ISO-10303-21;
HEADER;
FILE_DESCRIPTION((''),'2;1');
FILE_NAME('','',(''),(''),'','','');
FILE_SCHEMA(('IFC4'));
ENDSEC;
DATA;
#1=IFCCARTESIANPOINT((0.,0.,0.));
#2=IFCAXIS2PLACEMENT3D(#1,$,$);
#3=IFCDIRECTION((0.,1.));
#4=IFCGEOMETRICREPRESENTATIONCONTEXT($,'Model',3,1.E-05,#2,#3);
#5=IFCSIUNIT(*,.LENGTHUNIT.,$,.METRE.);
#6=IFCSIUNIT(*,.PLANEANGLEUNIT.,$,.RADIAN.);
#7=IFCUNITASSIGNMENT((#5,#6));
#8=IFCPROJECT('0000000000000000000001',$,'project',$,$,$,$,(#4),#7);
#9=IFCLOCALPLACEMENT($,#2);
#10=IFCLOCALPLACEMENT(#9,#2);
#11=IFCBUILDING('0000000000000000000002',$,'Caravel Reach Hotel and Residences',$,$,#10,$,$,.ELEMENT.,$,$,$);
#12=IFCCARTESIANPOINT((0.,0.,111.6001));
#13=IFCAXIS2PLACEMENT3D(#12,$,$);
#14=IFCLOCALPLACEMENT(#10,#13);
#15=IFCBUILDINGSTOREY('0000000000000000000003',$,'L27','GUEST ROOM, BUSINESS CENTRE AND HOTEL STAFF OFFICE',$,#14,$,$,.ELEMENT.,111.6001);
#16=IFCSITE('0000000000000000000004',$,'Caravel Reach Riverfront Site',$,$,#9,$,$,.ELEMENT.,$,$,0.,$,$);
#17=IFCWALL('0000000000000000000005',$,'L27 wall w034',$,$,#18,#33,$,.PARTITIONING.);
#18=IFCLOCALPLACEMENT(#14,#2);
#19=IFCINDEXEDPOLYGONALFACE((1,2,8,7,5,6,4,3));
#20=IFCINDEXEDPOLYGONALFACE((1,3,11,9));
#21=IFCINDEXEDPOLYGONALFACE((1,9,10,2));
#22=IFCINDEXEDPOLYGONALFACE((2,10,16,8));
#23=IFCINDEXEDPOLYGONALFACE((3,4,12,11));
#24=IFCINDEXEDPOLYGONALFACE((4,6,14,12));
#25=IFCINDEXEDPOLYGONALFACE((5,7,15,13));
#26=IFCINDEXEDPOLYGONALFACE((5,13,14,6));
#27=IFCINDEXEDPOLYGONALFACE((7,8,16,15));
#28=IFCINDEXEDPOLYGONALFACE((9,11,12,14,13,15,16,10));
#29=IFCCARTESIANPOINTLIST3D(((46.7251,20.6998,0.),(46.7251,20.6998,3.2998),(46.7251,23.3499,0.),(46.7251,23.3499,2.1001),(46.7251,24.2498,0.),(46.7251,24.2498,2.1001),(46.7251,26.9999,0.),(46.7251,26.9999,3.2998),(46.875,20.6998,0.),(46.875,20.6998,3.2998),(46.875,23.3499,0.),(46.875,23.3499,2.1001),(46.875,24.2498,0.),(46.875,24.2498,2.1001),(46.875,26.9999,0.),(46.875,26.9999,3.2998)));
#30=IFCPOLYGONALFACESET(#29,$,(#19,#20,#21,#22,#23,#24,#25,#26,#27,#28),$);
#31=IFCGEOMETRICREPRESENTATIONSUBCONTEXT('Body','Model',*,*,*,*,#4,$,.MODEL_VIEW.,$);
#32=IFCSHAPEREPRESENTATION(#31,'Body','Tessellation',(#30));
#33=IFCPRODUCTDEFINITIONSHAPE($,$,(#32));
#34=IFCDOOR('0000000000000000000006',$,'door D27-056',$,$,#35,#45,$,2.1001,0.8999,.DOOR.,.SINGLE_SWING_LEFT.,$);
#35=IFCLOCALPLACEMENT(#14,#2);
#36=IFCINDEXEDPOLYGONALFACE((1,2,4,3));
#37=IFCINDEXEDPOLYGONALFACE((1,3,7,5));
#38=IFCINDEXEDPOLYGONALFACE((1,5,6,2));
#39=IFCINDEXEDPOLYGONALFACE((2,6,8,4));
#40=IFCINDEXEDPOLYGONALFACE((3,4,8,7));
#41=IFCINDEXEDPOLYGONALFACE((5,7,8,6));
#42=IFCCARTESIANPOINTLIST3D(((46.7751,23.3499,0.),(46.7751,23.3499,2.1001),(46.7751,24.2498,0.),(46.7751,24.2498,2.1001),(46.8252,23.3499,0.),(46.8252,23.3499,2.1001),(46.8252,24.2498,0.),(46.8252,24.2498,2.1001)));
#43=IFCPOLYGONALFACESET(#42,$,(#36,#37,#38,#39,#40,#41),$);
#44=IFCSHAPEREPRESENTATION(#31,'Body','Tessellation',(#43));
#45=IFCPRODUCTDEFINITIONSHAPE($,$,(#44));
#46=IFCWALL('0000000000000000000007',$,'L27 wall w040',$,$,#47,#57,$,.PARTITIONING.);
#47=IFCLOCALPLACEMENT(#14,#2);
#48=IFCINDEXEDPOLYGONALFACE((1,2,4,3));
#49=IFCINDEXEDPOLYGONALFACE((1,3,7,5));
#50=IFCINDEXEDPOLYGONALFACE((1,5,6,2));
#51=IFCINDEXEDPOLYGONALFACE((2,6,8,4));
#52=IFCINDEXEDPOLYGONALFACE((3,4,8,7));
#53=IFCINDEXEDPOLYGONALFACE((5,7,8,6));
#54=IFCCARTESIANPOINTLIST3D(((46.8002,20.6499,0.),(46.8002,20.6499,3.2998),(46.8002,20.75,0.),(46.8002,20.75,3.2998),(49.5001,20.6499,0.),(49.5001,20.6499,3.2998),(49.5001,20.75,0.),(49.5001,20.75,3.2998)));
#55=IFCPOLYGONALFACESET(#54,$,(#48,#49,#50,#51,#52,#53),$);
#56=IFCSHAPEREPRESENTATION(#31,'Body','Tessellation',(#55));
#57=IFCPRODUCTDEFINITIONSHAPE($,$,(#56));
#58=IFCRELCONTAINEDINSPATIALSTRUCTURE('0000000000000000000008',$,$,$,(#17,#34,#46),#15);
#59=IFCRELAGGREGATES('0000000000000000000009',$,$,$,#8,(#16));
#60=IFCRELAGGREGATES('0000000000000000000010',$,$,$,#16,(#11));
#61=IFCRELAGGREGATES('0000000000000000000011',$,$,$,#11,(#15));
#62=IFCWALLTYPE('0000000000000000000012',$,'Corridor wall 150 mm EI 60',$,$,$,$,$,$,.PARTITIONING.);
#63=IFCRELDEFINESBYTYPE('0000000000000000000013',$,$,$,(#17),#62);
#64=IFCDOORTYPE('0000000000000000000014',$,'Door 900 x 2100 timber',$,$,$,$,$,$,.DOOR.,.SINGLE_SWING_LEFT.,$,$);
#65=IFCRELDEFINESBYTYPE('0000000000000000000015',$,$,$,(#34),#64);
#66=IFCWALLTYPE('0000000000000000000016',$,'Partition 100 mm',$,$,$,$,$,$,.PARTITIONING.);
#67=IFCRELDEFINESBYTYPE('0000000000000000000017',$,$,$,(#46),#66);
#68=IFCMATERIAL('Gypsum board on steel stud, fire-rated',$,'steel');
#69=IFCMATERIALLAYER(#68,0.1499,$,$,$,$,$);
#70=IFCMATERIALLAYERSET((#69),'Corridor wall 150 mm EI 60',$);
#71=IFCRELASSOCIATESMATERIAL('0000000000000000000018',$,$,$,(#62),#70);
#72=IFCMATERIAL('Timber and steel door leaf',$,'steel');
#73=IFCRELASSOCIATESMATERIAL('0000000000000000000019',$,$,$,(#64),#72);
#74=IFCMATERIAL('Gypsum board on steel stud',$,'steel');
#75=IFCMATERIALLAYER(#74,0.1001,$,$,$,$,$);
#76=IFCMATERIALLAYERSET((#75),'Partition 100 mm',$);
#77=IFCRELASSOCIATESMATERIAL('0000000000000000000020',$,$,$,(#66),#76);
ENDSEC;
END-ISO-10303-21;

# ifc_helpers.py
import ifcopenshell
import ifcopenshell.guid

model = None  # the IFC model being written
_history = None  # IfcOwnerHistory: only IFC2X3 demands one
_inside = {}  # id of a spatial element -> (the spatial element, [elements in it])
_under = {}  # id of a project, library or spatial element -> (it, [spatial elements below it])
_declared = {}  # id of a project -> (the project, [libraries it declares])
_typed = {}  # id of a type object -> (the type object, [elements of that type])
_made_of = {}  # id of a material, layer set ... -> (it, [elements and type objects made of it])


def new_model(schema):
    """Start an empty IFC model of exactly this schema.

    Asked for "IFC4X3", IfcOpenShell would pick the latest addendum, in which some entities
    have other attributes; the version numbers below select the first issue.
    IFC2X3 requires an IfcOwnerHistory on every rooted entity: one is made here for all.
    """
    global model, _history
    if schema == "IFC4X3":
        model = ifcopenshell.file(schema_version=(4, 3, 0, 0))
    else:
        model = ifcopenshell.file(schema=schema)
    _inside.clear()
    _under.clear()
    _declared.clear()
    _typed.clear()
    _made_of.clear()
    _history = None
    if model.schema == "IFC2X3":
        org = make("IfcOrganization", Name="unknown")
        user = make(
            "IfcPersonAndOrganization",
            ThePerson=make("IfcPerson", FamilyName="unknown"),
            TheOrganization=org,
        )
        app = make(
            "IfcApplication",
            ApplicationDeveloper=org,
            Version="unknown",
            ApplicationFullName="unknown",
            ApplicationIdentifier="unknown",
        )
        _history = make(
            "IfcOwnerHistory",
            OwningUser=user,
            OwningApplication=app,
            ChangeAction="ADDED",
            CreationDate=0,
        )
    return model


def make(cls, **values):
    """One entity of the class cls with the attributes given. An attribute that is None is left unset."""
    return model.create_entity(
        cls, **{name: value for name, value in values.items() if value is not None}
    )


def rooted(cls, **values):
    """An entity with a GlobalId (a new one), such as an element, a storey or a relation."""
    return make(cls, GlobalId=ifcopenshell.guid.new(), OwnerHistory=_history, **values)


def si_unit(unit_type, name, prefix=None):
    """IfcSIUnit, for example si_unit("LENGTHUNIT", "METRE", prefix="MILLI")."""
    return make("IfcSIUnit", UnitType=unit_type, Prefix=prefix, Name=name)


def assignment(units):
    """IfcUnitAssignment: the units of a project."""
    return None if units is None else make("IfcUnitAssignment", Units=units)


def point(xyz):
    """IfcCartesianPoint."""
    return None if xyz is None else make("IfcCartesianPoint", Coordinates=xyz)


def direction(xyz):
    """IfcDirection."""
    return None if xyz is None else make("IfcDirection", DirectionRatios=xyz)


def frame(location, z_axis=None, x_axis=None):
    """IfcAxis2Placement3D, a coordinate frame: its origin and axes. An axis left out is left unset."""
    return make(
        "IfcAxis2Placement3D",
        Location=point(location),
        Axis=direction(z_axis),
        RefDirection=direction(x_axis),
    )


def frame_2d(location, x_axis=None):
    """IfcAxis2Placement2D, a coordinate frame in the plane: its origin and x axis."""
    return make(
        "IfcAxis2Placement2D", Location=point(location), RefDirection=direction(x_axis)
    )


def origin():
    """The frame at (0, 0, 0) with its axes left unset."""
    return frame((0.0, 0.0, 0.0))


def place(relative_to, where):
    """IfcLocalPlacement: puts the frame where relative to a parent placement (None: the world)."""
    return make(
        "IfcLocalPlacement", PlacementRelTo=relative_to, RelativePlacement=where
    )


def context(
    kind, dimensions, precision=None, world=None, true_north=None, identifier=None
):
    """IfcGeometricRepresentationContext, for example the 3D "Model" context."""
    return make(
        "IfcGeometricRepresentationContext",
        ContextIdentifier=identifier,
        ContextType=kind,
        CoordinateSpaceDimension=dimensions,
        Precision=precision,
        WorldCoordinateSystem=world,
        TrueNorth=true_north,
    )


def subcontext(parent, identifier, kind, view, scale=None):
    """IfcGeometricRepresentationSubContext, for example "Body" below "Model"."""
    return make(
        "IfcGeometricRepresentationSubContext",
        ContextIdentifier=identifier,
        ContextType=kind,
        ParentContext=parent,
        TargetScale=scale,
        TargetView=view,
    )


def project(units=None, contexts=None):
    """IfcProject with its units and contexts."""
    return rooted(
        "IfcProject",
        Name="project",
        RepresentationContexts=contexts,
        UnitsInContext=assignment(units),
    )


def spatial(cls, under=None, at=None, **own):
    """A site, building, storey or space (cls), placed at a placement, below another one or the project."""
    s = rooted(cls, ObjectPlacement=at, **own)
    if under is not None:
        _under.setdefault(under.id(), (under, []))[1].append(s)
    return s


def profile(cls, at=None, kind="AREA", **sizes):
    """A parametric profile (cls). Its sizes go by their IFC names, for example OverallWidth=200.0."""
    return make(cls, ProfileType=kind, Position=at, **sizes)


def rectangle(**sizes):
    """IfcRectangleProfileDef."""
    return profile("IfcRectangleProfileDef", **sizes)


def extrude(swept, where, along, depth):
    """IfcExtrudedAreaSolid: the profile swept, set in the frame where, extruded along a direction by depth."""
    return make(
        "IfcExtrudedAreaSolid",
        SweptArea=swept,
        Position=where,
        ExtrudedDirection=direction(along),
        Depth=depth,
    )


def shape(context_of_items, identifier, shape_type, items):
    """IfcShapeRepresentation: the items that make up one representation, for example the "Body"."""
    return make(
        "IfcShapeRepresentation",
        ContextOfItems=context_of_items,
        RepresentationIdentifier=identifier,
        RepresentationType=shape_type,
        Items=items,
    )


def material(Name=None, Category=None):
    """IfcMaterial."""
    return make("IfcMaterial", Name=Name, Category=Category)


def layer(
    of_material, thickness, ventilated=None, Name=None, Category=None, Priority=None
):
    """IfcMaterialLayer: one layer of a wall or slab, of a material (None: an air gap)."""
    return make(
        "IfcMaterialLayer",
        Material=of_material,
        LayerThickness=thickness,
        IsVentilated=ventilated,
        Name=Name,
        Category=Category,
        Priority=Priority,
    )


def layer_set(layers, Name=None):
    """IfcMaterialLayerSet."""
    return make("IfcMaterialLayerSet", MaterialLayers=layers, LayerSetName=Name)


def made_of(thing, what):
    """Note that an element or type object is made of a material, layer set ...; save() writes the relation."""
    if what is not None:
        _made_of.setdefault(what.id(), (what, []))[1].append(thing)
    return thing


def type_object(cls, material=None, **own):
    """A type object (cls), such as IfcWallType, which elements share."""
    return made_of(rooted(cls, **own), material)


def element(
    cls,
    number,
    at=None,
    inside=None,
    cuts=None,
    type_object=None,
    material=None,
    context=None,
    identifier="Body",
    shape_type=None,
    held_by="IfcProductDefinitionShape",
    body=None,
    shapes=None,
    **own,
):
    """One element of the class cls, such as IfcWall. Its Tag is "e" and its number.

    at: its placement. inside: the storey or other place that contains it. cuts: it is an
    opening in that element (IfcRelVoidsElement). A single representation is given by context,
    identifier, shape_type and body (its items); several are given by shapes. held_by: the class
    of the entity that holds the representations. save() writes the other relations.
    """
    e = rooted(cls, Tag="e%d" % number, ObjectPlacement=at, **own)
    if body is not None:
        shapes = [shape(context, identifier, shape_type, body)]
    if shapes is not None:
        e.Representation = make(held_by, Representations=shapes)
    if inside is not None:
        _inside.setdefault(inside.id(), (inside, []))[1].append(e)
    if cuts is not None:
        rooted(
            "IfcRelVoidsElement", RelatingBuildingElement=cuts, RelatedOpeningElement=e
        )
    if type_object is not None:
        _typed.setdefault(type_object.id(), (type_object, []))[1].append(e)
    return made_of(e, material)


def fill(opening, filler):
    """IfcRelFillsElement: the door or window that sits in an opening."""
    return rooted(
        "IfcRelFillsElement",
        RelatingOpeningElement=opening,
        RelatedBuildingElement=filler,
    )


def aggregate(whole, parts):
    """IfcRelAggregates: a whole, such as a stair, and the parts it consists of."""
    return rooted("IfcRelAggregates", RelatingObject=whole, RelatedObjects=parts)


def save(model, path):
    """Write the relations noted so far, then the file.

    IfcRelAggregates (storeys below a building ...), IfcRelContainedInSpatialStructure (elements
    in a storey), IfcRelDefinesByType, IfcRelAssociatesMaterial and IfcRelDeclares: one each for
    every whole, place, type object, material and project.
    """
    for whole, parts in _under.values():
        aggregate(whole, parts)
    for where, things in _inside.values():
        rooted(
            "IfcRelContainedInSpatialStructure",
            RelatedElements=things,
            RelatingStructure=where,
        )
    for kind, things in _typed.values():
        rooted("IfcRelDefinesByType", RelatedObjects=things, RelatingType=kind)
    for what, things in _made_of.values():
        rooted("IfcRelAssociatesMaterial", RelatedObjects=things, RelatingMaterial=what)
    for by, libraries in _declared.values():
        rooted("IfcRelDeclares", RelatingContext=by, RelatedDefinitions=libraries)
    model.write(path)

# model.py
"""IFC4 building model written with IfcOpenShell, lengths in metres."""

from ifc_helpers import new_model, si_unit, direction, frame, frame_2d, origin, place, context, subcontext, project, spatial, rectangle, extrude, material, layer, layer_set, type_object, element, fill, save


model = new_model("IFC4")

# Units and contexts
model_context = context("Model", 3, precision=1e-05, world=origin(), true_north=direction((0.0, 1.0)))
body_context = subcontext(model_context, "Body", "Model", "MODEL_VIEW")
ifc_project = project(units=[si_unit("LENGTHUNIT", "METRE"), si_unit("PLANEANGLEUNIT", "RADIAN")], contexts=[model_context])

# Site, building, storey
site_placement = place(None, origin())
site = spatial("IfcSite", under=ifc_project, at=site_placement, Name="Caravel Reach Riverfront Site", CompositionType="ELEMENT", RefElevation=0.0)
building_placement = place(site_placement, origin())
building = spatial("IfcBuilding", under=site, at=building_placement, Name="Caravel Reach Hotel and Residences", CompositionType="ELEMENT")
storey_placement = place(building_placement, frame((0.0, 0.0, 111.6001)))
storey = spatial("IfcBuildingStorey", under=building, at=storey_placement, Name="L27", Description="GUEST ROOM, BUSINESS CENTRE AND HOTEL STAFF OFFICE", CompositionType="ELEMENT", Elevation=111.6001)

# Wall, opening, door
ifc_material_1 = material(Name="Gypsum board on steel stud, fire-rated", Category="steel")
ifc_layer_1 = layer(ifc_material_1, 0.1499)
ifc_layer_set_1 = layer_set([ifc_layer_1], Name="Corridor wall 150 mm EI 60")
wall_type_1 = type_object("IfcWallType", Name="Corridor wall 150 mm EI 60", PredefinedType="PARTITIONING", material=ifc_layer_set_1)
wall_1_placement = place(storey_placement, frame((46.8, 20.7, 0.0), z_axis=(0.0, 0.0, 1.0), x_axis=(0.0, 1.0, 0.0)))
wall_1 = element("IfcWall", 1, at=wall_1_placement, inside=storey, type_object=wall_type_1, Name="L27 wall w034", PredefinedType="PARTITIONING", context=body_context, shape_type="SweptSolid", body=[
    extrude(rectangle(XDim=6.3, YDim=0.1499, at=frame_2d((3.1499, 0.0))), origin(), (0.0, 0.0, 1.0), 3.2998),
])
opening_1_placement = place(wall_1_placement, frame((2.6499, 0.0, 0.0)))
opening_1 = element("IfcOpeningElement", 2, at=opening_1_placement, cuts=wall_1, PredefinedType="OPENING", context=body_context, shape_type="SweptSolid", body=[
    extrude(rectangle(XDim=0.8999, YDim=2.1001, at=frame_2d((0.45, 1.05))), frame((0.0, 0.085, 0.0), z_axis=(0.0, -1.0, 0.0), x_axis=(1.0, 0.0, 0.0)), (0.0, 0.0, 1.0), 0.1699),
])
ifc_material_2 = material(Name="Timber and steel door leaf", Category="steel")
door_type_1 = type_object("IfcDoorType", Name="Door 900 x 2100 timber", OperationType="SINGLE_SWING_LEFT", PredefinedType="DOOR", material=ifc_material_2)
door_1_placement = place(opening_1_placement, origin())
door_1 = element("IfcDoor", 3, at=door_1_placement, inside=storey, type_object=door_type_1, Name="door D27-056", OperationType="SINGLE_SWING_LEFT", OverallHeight=2.1001, OverallWidth=0.8999, PredefinedType="DOOR", context=body_context, shape_type="SweptSolid", body=[
    extrude(rectangle(XDim=0.8999, YDim=2.1001, at=frame_2d((0.45, 1.05))), frame((0.0, 0.0249, 0.0), z_axis=(0.0, -1.0, 0.0), x_axis=(1.0, 0.0, 0.0)), (0.0, 0.0, 1.0), 0.05),
])
fill(opening_1, door_1)

# Wall
ifc_material_3 = material(Name="Gypsum board on steel stud", Category="steel")
ifc_layer_2 = layer(ifc_material_3, 0.1001)
ifc_layer_set_2 = layer_set([ifc_layer_2], Name="Partition 100 mm")
wall_type_2 = type_object("IfcWallType", Name="Partition 100 mm", PredefinedType="PARTITIONING", material=ifc_layer_set_2)
wall_2_placement = place(storey_placement, frame((46.8, 20.7, 0.0), z_axis=(0.0, 0.0, 1.0), x_axis=(1.0, 0.0, 0.0)))
element("IfcWall", 4, at=wall_2_placement, inside=storey, type_object=wall_type_2, Name="L27 wall w040", PredefinedType="PARTITIONING", context=body_context, shape_type="SweptSolid", body=[
    extrude(rectangle(XDim=2.7, YDim=0.1001, at=frame_2d((1.3501, 0.0))), origin(), (0.0, 0.0, 1.0), 3.2998),
])

save(model, "model.ifc")
